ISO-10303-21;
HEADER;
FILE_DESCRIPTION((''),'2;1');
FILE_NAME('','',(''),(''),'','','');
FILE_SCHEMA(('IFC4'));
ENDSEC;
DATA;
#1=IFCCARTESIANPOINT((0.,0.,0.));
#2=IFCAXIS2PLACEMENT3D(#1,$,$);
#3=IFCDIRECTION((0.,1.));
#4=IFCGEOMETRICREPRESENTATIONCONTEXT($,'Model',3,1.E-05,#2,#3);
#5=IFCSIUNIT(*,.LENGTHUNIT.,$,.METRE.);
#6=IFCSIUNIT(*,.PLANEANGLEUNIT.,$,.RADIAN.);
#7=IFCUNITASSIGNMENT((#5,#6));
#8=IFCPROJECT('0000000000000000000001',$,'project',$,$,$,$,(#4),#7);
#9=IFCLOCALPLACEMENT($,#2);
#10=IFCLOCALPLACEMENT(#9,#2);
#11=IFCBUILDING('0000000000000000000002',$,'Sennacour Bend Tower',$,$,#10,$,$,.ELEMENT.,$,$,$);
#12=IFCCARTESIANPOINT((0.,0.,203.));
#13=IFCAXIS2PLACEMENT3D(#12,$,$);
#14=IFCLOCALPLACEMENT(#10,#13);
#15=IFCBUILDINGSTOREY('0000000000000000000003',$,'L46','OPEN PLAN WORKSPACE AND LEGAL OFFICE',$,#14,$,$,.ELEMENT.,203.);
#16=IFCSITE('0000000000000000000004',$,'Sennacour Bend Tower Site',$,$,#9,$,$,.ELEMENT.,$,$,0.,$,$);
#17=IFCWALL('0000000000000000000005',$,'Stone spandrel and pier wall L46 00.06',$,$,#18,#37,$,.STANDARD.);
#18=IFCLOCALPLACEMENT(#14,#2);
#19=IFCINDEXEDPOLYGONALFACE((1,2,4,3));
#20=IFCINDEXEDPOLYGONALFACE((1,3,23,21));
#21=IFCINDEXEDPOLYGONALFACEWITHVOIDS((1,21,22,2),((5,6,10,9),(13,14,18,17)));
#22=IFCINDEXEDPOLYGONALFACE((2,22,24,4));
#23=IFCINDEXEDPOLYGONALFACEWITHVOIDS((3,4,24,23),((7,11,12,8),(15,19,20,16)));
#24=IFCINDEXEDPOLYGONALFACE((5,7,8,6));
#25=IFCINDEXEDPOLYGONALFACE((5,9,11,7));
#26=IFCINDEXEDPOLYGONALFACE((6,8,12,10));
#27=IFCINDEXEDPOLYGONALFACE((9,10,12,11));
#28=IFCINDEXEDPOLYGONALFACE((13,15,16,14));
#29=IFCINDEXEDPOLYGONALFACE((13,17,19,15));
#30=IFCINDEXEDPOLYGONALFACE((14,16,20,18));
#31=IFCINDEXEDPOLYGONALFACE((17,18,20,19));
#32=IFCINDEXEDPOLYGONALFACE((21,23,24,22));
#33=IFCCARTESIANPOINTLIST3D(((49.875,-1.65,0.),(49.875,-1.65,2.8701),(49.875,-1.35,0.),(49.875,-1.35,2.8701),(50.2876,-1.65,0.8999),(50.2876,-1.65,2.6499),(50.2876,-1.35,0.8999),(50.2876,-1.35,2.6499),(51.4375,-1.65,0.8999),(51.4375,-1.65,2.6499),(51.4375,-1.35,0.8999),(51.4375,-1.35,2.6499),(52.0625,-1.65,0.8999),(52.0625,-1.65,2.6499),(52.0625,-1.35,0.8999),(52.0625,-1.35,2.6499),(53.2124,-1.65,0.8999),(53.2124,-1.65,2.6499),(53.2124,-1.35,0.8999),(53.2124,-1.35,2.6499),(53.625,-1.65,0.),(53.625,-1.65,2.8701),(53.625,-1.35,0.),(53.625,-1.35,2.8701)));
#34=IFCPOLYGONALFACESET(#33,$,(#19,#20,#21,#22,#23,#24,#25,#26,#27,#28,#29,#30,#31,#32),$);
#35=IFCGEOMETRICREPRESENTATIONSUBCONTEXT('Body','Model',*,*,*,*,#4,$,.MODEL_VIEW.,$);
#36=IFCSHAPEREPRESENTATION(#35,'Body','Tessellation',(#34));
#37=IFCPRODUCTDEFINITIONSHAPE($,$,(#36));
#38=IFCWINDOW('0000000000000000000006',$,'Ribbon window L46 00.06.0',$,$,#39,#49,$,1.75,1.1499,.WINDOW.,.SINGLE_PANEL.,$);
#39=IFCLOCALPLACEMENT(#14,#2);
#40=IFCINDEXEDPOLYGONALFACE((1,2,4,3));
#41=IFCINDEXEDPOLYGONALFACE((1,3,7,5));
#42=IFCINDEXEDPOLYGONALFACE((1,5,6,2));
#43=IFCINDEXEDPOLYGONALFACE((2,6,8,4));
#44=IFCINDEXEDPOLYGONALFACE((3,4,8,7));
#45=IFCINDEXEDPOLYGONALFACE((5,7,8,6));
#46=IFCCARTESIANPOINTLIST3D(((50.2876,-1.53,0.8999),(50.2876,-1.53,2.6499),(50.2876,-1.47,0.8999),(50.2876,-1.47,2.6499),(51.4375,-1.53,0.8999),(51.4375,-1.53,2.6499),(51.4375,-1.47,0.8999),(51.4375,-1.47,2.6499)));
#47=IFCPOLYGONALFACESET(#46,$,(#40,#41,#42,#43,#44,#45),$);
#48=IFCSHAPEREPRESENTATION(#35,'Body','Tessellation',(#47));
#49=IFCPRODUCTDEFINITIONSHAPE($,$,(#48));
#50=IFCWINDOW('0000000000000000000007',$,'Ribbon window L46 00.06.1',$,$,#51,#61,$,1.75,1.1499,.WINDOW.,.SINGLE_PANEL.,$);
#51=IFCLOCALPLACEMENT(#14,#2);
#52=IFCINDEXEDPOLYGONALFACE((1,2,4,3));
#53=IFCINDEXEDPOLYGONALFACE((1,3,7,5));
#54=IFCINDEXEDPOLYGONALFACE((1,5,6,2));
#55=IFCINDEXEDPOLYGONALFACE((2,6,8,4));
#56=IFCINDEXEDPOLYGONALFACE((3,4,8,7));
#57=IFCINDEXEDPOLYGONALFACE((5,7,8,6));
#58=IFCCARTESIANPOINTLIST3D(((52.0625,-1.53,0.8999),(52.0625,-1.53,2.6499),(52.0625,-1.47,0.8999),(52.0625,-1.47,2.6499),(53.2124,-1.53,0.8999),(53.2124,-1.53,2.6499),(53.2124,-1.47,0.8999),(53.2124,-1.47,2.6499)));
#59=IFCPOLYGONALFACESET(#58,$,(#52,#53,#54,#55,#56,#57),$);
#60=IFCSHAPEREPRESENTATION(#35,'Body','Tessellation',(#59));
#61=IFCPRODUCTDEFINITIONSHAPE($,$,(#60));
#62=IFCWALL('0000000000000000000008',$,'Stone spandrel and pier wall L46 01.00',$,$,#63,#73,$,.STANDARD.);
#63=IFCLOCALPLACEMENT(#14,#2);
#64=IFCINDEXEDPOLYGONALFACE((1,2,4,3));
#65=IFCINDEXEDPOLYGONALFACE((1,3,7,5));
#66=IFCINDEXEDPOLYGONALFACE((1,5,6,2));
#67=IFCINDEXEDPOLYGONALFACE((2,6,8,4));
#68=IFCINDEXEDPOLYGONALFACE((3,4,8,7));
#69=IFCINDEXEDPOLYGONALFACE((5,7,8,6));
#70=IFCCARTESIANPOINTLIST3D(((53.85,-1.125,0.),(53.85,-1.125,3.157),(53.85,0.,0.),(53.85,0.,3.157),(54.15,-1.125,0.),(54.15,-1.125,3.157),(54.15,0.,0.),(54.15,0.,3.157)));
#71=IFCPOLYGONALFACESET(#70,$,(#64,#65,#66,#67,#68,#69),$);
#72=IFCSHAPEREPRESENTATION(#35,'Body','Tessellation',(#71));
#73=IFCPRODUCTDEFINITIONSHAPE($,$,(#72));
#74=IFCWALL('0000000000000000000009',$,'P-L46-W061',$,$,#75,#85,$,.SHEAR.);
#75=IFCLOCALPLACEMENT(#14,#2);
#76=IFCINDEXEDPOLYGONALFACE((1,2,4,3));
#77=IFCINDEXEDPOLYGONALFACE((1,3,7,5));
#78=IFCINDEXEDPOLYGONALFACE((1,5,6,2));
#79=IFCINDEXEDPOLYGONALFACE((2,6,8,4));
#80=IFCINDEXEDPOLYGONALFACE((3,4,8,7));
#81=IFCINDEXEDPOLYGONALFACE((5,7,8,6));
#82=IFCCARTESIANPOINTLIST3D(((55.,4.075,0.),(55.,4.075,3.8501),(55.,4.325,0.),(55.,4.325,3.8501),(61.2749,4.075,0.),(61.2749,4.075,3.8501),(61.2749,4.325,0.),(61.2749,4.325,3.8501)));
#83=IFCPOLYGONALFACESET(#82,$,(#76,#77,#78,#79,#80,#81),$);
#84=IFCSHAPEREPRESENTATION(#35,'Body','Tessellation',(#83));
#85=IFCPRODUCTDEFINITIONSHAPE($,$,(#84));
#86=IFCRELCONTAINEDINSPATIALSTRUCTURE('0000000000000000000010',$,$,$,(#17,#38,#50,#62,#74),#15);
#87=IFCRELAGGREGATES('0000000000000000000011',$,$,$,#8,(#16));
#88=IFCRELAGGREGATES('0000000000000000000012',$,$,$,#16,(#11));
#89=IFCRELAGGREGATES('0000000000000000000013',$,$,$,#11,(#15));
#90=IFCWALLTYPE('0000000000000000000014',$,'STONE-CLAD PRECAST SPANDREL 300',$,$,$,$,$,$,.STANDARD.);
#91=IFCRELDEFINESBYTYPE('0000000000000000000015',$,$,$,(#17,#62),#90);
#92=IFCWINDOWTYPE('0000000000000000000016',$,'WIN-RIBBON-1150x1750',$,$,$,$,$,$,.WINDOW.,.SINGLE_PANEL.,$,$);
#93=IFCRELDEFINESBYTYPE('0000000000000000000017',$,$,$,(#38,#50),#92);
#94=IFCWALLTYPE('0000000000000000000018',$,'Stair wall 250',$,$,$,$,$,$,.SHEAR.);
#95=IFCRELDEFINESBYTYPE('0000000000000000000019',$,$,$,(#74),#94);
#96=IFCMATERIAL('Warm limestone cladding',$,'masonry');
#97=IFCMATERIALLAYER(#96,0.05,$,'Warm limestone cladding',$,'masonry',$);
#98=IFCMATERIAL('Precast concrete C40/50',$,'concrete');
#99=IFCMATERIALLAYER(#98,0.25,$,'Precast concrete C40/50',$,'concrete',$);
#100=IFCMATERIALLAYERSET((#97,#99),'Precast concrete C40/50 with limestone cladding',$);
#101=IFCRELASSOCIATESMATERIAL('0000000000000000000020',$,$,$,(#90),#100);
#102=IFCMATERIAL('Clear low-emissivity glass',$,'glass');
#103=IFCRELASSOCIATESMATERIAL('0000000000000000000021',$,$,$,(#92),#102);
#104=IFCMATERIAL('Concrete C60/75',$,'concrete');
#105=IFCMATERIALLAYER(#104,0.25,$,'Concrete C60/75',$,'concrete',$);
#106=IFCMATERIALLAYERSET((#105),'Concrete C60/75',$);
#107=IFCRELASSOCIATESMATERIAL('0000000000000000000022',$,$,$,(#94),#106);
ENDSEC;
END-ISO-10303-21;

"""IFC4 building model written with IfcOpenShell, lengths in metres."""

from ifc_helpers import new_model, si_unit, direction, frame, frame_2d, origin, place, context, subcontext, project, spatial, rectangle, extrude, material, layer, layer_set, type_object, element, fill, save


model = new_model("IFC4")

# Units and contexts
model_context = context("Model", 3, precision=1e-05, world=origin(), true_north=direction((0.0, 1.0)))
body_context = subcontext(model_context, "Body", "Model", "MODEL_VIEW")
ifc_project = project(units=[si_unit("LENGTHUNIT", "METRE"), si_unit("PLANEANGLEUNIT", "RADIAN")], contexts=[model_context])

# Site, building, storey
site_placement = place(None, origin())
site = spatial("IfcSite", under=ifc_project, at=site_placement, Name="Sennacour Bend Tower Site", CompositionType="ELEMENT", RefElevation=0.0)
building_placement = place(site_placement, origin())
building = spatial("IfcBuilding", under=site, at=building_placement, Name="Sennacour Bend Tower", CompositionType="ELEMENT")
storey_placement = place(building_placement, frame((0.0, 0.0, 203.0)))
storey = spatial("IfcBuildingStorey", under=building, at=storey_placement, Name="L46", Description="OPEN PLAN WORKSPACE AND LEGAL OFFICE", CompositionType="ELEMENT", Elevation=203.0)

# Shared definitions
ifc_material_1 = material(Name="Concrete C60/75", Category="concrete")

# Wall, openings, windows
ifc_material_2 = material(Name="Warm limestone cladding", Category="masonry")
ifc_layer_1 = layer(ifc_material_2, 0.05, Name="Warm limestone cladding", Category="masonry")
ifc_material_3 = material(Name="Precast concrete C40/50", Category="concrete")
ifc_layer_2 = layer(ifc_material_3, 0.25, Name="Precast concrete C40/50", Category="concrete")
ifc_layer_set_1 = layer_set([ifc_layer_1, ifc_layer_2], Name="Precast concrete C40/50 with limestone cladding")
wall_type_1 = type_object("IfcWallType", Name="STONE-CLAD PRECAST SPANDREL 300", PredefinedType="STANDARD", material=ifc_layer_set_1)
wall_1_placement = place(storey_placement, frame((49.875, -1.5, 0.0), z_axis=(0.0, 0.0, 1.0), x_axis=(1.0, 0.0, 0.0)))
wall_1 = element("IfcWall", 1, at=wall_1_placement, inside=storey, type_object=wall_type_1, Name="Stone spandrel and pier wall L46 00.06", PredefinedType="STANDARD", context=body_context, shape_type="SweptSolid", body=[
    extrude(rectangle(XDim=3.75, YDim=0.3, at=frame_2d((1.875, 0.0))), origin(), (0.0, 0.0, 1.0), 2.8701),
])
opening_1_placement = place(wall_1_placement, frame((0.4126, 0.0, 0.8999)))
opening_1 = element("IfcOpeningElement", 2, at=opening_1_placement, cuts=wall_1, PredefinedType="OPENING", context=body_context, shape_type="SweptSolid", body=[
    extrude(rectangle(XDim=1.1499, YDim=1.75, at=frame_2d((0.575, 0.875))), frame((0.0, 0.1602, 0.0), z_axis=(0.0, -1.0, 0.0), x_axis=(1.0, 0.0, 0.0)), (0.0, 0.0, 1.0), 0.3201),
])
opening_2_placement = place(wall_1_placement, frame((2.1875, 0.0, 0.8999)))
opening_2 = element("IfcOpeningElement", 3, at=opening_2_placement, cuts=wall_1, PredefinedType="OPENING", context=body_context, shape_type="SweptSolid", body=[
    extrude(rectangle(XDim=1.1499, YDim=1.75, at=frame_2d((0.575, 0.875))), frame((0.0, 0.1602, 0.0), z_axis=(0.0, -1.0, 0.0), x_axis=(1.0, 0.0, 0.0)), (0.0, 0.0, 1.0), 0.3201),
])
ifc_material_4 = material(Name="Clear low-emissivity glass", Category="glass")
window_type = type_object("IfcWindowType", Name="WIN-RIBBON-1150x1750", PartitioningType="SINGLE_PANEL", PredefinedType="WINDOW", material=ifc_material_4)
window_1_placement = place(opening_1_placement, origin())
window_1 = element("IfcWindow", 4, at=window_1_placement, inside=storey, type_object=window_type, Name="Ribbon window L46 00.06.0", OverallHeight=1.75, OverallWidth=1.1499, PartitioningType="SINGLE_PANEL", PredefinedType="WINDOW", context=body_context, shape_type="SweptSolid", body=[
    extrude(rectangle(XDim=1.1499, YDim=1.75, at=frame_2d((0.575, 0.875))), frame((0.0, 0.03, 0.0), z_axis=(0.0, -1.0, 0.0), x_axis=(1.0, 0.0, 0.0)), (0.0, 0.0, 1.0), 0.0601),
])
fill(opening_1, window_1)
window_2_placement = place(opening_2_placement, origin())
window_2 = element("IfcWindow", 5, at=window_2_placement, inside=storey, type_object=window_type, Name="Ribbon window L46 00.06.1", OverallHeight=1.75, OverallWidth=1.1499, PartitioningType="SINGLE_PANEL", PredefinedType="WINDOW", context=body_context, shape_type="SweptSolid", body=[
    extrude(rectangle(XDim=1.1499, YDim=1.75, at=frame_2d((0.575, 0.875))), frame((0.0, 0.03, 0.0), z_axis=(0.0, -1.0, 0.0), x_axis=(1.0, 0.0, 0.0)), (0.0, 0.0, 1.0), 0.0601),
])
fill(opening_2, window_2)

# Walls
wall_2_placement = place(storey_placement, frame((54.0, -1.125, 0.0), z_axis=(0.0, 0.0, 1.0), x_axis=(0.0, 1.0, 0.0)))
element("IfcWall", 6, at=wall_2_placement, inside=storey, type_object=wall_type_1, Name="Stone spandrel and pier wall L46 01.00", PredefinedType="STANDARD", context=body_context, shape_type="SweptSolid", body=[
    extrude(rectangle(XDim=1.125, YDim=0.3, at=frame_2d((0.5625, 0.0))), origin(), (0.0, 0.0, 1.0), 3.157),
])
ifc_layer_3 = layer(ifc_material_1, 0.25, Name="Concrete C60/75", Category="concrete")
ifc_layer_set_2 = layer_set([ifc_layer_3], Name="Concrete C60/75")
wall_type_2 = type_object("IfcWallType", Name="Stair wall 250", PredefinedType="SHEAR", material=ifc_layer_set_2)
wall_3_placement = place(storey_placement, frame((55.0, 4.2, 0.0), z_axis=(0.0, 0.0, 1.0), x_axis=(1.0, 0.0, 0.0)))
element("IfcWall", 7, at=wall_3_placement, inside=storey, type_object=wall_type_2, Name="P-L46-W061", PredefinedType="SHEAR", context=body_context, shape_type="SweptSolid", body=[
    extrude(rectangle(XDim=6.2749, YDim=0.25, at=frame_2d((3.1375, 0.0))), origin(), (0.0, 0.0, 1.0), 3.8501),
])

save(model, "model.ifc")
